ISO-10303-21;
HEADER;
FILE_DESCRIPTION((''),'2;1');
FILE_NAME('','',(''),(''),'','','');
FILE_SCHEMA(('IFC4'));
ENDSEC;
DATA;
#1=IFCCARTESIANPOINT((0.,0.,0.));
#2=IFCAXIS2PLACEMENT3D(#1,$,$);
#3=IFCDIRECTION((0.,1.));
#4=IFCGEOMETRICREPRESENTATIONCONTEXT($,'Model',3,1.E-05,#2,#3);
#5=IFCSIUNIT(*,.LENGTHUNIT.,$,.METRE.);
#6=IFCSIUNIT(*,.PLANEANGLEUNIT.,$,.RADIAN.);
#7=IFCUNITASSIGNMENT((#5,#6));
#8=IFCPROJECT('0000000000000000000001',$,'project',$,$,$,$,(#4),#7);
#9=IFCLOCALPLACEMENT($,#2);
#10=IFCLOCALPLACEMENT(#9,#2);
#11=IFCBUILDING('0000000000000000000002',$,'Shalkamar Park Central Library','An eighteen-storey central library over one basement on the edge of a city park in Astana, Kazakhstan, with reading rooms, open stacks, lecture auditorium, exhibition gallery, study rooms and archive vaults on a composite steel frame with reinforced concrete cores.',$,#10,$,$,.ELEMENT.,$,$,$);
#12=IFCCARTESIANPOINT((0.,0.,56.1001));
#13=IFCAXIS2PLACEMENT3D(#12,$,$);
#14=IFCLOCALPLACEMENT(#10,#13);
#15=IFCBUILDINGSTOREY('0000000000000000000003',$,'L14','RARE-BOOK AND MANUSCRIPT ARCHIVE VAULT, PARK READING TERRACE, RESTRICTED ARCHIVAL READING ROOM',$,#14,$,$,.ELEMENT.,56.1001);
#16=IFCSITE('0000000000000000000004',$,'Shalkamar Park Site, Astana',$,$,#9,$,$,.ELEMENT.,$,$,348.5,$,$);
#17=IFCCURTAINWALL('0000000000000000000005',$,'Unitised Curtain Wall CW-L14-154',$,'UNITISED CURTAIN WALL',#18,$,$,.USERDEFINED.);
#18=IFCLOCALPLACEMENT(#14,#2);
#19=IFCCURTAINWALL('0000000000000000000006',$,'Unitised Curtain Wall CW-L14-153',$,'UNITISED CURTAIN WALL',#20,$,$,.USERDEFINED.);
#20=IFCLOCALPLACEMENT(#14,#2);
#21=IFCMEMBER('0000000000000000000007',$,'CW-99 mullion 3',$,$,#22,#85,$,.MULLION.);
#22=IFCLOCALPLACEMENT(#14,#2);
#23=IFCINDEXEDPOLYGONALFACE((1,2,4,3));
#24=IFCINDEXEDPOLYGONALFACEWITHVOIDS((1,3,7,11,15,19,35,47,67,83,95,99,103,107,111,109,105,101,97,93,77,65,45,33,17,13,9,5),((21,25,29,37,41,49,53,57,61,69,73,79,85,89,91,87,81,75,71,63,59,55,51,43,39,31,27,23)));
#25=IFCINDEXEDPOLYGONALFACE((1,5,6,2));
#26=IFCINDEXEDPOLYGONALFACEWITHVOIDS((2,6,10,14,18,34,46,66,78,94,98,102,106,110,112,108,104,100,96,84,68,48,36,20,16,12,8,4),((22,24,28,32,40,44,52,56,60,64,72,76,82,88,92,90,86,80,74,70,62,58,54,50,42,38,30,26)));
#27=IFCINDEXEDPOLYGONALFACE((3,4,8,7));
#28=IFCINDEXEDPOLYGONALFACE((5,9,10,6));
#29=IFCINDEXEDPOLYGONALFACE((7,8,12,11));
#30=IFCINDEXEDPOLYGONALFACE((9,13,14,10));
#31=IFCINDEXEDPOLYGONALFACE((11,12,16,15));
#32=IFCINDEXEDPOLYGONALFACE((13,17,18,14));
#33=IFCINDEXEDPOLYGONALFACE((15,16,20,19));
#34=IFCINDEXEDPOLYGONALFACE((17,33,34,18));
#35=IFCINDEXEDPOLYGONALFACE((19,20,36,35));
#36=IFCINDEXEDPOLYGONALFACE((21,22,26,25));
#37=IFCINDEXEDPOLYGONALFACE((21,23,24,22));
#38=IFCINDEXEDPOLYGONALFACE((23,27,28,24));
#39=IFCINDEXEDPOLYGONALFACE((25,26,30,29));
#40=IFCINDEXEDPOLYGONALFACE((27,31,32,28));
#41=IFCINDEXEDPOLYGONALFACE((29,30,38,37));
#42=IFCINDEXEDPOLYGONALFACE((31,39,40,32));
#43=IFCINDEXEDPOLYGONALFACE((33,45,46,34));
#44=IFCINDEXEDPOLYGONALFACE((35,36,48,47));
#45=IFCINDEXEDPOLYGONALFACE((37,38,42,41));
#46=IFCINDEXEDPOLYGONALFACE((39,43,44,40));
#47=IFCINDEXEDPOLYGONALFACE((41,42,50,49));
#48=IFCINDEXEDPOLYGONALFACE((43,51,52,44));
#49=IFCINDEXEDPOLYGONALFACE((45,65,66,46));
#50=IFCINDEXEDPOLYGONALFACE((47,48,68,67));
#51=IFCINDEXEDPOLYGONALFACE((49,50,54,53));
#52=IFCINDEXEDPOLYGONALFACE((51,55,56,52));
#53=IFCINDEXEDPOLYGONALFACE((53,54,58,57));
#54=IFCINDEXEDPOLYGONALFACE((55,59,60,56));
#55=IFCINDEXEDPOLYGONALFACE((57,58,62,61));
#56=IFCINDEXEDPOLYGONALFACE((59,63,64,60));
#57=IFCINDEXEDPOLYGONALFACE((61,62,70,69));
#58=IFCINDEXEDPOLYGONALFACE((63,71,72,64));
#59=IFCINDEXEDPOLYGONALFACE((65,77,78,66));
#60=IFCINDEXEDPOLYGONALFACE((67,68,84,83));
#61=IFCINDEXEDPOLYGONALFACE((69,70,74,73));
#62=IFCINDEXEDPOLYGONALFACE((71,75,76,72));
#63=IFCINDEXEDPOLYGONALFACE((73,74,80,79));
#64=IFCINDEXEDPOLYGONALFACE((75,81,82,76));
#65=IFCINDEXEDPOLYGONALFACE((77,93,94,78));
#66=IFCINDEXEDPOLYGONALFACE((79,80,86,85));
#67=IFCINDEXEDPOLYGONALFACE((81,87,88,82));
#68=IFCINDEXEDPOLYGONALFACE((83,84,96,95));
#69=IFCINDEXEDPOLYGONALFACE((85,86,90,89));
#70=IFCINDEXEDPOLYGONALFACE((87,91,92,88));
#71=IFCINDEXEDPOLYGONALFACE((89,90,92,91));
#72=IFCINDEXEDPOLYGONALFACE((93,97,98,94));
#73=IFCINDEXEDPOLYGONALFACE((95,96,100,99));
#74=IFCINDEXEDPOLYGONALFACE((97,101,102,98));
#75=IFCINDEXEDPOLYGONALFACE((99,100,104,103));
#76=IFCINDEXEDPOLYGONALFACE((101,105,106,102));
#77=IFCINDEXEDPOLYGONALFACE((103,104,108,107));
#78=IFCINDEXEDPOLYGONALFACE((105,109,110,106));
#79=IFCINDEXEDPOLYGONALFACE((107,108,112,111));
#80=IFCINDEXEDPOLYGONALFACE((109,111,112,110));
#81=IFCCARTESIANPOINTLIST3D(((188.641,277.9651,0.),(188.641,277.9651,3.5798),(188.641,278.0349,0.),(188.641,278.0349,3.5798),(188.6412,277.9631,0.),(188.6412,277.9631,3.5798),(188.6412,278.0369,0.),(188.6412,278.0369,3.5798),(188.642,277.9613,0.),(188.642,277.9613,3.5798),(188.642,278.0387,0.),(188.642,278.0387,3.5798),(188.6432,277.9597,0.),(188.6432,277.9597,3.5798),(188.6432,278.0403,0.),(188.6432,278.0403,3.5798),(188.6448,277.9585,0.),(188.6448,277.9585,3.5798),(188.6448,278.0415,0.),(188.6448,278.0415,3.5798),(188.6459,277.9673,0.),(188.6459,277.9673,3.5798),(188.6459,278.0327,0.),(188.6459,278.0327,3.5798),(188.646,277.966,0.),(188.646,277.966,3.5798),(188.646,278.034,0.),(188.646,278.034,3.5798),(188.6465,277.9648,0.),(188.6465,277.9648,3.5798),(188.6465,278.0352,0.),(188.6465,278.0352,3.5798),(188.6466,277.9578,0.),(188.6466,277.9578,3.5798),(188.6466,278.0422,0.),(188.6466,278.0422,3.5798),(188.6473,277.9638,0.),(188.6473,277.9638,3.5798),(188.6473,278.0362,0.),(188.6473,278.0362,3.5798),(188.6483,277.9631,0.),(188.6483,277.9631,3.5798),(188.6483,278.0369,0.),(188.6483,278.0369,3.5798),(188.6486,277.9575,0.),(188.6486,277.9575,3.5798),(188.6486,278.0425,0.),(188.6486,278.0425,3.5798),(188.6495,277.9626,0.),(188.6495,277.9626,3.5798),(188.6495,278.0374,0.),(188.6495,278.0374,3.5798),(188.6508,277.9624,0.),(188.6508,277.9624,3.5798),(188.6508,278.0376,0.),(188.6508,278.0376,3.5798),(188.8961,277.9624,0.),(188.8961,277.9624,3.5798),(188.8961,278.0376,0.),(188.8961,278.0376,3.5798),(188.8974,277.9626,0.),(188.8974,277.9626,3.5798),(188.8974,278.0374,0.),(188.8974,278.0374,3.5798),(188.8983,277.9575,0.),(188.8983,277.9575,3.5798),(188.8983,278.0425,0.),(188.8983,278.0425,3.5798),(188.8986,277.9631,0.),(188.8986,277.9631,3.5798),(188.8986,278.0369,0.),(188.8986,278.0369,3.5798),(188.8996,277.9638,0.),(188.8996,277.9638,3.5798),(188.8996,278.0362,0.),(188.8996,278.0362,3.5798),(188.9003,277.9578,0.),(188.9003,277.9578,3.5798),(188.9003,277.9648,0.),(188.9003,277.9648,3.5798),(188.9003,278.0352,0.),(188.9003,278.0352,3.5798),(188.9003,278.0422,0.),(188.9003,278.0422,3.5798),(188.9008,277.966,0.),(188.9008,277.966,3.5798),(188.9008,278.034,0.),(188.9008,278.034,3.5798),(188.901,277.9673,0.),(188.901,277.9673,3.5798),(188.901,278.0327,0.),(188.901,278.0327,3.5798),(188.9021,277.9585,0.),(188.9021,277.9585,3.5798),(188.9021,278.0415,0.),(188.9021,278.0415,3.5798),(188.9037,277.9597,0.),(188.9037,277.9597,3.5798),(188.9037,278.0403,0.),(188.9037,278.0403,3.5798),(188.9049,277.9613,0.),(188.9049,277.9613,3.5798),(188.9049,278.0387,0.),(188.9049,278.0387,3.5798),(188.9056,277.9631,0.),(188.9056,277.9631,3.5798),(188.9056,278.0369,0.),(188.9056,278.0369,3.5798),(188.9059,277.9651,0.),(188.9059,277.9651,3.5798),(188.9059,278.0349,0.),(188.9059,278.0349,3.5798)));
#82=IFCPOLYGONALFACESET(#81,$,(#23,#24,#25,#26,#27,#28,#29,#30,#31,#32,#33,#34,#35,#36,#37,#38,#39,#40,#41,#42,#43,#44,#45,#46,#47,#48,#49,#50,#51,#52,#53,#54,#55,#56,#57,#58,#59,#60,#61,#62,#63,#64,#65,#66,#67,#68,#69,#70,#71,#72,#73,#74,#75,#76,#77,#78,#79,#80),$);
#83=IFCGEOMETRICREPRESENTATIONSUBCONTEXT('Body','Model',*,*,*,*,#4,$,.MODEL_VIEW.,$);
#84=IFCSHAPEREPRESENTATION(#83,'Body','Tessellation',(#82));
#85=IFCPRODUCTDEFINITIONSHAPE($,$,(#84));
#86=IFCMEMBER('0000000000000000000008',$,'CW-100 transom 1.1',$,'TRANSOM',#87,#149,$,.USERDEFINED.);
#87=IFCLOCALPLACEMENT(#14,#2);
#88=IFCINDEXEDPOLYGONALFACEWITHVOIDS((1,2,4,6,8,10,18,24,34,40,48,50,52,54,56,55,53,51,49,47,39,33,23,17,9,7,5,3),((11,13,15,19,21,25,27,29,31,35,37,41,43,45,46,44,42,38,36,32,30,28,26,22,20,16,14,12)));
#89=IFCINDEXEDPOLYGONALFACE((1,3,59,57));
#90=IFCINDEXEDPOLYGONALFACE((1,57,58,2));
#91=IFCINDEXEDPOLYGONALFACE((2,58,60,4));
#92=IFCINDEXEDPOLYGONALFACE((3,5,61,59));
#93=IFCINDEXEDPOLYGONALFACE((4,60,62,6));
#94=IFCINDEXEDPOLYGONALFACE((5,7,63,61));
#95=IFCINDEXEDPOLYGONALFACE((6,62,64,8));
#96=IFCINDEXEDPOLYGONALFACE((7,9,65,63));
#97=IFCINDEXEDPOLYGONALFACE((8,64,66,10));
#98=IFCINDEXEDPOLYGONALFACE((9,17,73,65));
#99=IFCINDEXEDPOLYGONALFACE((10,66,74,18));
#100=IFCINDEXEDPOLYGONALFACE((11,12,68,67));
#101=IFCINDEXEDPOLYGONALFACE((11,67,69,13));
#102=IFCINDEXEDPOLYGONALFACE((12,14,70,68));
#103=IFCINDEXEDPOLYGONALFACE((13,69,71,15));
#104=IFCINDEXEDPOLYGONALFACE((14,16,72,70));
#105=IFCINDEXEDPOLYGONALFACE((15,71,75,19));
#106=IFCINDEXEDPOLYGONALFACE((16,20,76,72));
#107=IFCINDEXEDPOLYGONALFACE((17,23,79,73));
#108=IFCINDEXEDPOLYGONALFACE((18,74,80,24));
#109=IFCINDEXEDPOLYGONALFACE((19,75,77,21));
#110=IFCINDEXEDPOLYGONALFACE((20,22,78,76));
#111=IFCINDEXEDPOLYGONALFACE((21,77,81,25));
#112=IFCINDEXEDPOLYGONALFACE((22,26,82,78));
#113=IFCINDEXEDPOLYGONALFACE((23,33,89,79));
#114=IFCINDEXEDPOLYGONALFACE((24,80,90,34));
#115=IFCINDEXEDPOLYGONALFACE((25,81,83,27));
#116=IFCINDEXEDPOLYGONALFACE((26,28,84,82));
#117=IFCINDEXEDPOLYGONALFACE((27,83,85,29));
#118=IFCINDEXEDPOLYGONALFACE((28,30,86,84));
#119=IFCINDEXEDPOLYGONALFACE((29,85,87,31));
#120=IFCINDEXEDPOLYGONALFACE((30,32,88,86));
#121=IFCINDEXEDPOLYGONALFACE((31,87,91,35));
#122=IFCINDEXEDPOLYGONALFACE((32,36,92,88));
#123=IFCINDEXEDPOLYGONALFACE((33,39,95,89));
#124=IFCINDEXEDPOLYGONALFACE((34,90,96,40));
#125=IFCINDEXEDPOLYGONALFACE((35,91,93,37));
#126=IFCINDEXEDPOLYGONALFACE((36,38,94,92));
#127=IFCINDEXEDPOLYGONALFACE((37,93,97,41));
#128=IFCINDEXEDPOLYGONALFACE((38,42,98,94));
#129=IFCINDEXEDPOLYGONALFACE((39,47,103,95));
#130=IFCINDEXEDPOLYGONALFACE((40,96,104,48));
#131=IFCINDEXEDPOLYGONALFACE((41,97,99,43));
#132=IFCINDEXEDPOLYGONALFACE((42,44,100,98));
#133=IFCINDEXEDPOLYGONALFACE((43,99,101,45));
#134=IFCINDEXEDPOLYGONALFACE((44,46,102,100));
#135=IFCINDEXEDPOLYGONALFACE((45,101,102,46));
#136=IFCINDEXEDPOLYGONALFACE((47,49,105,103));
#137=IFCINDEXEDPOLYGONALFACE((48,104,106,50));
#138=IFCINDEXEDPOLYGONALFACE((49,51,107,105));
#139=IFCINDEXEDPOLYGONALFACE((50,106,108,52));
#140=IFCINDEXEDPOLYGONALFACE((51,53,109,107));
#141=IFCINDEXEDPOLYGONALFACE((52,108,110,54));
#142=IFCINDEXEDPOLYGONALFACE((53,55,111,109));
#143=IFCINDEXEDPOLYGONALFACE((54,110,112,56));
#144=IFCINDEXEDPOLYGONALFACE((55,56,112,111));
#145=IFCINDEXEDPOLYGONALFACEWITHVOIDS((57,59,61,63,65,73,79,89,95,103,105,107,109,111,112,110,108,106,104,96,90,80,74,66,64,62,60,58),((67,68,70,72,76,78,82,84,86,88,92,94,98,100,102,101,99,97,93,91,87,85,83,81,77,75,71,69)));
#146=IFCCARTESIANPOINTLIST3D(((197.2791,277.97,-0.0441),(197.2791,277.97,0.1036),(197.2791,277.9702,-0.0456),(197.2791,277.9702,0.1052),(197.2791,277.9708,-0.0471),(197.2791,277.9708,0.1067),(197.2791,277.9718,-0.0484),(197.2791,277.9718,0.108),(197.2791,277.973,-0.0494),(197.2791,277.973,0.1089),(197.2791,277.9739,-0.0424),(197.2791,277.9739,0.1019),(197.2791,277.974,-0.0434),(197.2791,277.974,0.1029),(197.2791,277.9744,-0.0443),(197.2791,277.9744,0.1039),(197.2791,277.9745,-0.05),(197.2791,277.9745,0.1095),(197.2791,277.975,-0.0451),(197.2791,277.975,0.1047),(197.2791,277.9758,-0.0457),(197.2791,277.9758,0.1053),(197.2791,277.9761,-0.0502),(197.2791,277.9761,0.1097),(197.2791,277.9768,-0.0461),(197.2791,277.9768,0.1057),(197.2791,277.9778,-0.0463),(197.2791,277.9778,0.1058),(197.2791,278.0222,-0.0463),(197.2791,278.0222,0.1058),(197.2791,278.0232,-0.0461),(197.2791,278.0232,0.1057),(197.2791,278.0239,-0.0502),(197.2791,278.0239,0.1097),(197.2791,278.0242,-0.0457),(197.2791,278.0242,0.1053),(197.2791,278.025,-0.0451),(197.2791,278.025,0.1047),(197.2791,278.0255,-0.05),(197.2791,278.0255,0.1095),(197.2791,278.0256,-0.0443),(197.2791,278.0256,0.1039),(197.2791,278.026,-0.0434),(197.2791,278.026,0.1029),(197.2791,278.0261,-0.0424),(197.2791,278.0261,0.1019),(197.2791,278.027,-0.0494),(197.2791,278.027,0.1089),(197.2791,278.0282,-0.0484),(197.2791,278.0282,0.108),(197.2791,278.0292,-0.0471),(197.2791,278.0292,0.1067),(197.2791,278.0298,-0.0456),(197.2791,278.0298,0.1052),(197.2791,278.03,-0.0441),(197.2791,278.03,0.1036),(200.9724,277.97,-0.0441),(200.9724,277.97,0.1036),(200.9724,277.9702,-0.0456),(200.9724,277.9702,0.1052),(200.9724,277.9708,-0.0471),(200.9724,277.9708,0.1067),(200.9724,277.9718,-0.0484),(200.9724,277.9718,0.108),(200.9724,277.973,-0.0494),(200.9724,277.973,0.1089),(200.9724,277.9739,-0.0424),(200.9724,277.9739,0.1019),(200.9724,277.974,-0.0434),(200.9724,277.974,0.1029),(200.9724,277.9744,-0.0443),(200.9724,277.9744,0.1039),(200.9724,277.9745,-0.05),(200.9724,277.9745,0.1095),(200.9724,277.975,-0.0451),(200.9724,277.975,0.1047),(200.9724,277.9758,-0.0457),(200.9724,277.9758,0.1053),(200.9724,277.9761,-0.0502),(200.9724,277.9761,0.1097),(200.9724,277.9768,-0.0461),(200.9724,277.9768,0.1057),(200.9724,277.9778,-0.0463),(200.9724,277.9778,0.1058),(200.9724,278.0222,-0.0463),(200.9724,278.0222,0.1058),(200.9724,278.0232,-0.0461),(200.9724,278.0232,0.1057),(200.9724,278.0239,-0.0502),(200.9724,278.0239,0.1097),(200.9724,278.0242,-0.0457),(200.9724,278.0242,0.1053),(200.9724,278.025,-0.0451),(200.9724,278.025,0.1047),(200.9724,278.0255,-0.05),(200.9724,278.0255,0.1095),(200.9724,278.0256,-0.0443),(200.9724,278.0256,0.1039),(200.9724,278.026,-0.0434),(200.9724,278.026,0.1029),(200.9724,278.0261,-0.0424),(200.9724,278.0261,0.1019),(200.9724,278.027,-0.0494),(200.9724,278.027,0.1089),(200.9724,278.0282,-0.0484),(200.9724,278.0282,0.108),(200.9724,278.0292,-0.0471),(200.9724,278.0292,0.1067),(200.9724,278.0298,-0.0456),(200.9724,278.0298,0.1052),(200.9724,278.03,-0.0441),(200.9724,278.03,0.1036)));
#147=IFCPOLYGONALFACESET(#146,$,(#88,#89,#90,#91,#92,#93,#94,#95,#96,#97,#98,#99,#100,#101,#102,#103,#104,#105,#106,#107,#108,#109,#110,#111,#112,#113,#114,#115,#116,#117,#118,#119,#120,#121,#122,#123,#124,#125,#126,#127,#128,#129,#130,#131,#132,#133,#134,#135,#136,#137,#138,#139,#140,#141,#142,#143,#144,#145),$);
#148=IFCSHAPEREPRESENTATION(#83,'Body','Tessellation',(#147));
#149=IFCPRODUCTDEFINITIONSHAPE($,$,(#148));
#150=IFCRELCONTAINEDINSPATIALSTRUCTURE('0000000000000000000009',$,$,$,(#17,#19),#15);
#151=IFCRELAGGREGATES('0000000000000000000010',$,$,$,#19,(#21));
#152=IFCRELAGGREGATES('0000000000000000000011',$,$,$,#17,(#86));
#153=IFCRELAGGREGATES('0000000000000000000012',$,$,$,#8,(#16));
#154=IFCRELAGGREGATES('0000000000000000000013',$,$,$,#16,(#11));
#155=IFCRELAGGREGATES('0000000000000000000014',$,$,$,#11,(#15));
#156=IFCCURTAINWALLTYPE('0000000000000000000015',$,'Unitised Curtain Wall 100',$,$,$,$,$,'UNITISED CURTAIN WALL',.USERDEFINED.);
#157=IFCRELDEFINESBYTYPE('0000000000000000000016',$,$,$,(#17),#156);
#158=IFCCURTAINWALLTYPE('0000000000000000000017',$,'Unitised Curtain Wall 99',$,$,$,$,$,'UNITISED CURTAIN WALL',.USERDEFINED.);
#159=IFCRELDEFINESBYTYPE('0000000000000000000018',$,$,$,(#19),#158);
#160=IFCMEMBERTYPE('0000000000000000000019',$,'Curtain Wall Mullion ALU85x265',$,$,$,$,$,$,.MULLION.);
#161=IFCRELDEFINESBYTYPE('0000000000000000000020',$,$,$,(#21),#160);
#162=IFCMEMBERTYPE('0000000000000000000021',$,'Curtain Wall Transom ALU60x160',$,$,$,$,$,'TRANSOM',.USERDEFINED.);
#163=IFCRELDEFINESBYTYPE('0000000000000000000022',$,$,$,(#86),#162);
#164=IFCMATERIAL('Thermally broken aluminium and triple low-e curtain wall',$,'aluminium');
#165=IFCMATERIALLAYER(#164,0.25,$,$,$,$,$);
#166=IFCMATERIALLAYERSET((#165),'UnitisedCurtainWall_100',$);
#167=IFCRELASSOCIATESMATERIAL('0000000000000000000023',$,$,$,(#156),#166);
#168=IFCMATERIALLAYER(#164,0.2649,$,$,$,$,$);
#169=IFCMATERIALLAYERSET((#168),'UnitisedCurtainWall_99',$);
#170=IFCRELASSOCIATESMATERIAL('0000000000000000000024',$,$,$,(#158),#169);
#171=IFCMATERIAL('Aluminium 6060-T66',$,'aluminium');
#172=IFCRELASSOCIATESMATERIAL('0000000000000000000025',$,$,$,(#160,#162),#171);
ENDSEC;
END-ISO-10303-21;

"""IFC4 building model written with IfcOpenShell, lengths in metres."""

from ifc_helpers import new_model, si_unit, direction, frame, origin, origin_2d, place, context, subcontext, project, spatial, hollow_rectangle, extrude, material, layer, layer_set, material_profile, profile_set, type_object, element, aggregate, save


model = new_model("IFC4")

# Units and contexts
model_context = context("Model", 3, precision=1e-05, world=origin(), true_north=direction((0.0, 1.0)))
body_context = subcontext(model_context, "Body", "Model", "MODEL_VIEW")
ifc_project = project(units=[si_unit("LENGTHUNIT", "METRE"), si_unit("PLANEANGLEUNIT", "RADIAN")], contexts=[model_context])

# Site, building, storey
site_placement = place(None, origin())
site = spatial("IfcSite", under=ifc_project, at=site_placement, Name="Shalkamar Park Site, Astana", CompositionType="ELEMENT", RefElevation=348.5)
building_placement = place(site_placement, origin())
building = spatial("IfcBuilding", under=site, at=building_placement, Name="Shalkamar Park Central Library", Description="An eighteen-storey central library over one basement on the edge of a city park in Astana, Kazakhstan, with reading rooms, open stacks, lecture auditorium, exhibition gallery, study rooms and archive vaults on a composite steel frame with reinforced concrete cores.", CompositionType="ELEMENT")
storey_placement = place(building_placement, frame((0.0, 0.0, 56.1001)))
storey = spatial("IfcBuildingStorey", under=building, at=storey_placement, Name="L14", Description="RARE-BOOK AND MANUSCRIPT ARCHIVE VAULT, PARK READING TERRACE, RESTRICTED ARCHIVAL READING ROOM", CompositionType="ELEMENT", Elevation=56.1001)

# Curtain wall
ifc_material_1 = material(Name="Thermally broken aluminium and triple low-e curtain wall", Category="aluminium")
ifc_layer_1 = layer(ifc_material_1, 0.25)
ifc_layer_set_1 = layer_set([ifc_layer_1], Name="UnitisedCurtainWall_100")
curtain_wall_type_1 = type_object("IfcCurtainWallType", Name="Unitised Curtain Wall 100", ElementType="UNITISED CURTAIN WALL", PredefinedType="USERDEFINED", material=ifc_layer_set_1)
curtain_wall_1_placement = place(storey_placement, origin())
curtain_wall_1 = element("IfcCurtainWall", 1, at=curtain_wall_1_placement, inside=storey, type_object=curtain_wall_type_1, Name="Unitised Curtain Wall CW-L14-154", ObjectType="UNITISED CURTAIN WALL", PredefinedType="USERDEFINED")
ifc_material_2 = material(Name="Aluminium 6060-T66", Category="aluminium")

# Curtain wall, member
ifc_layer_2 = layer(ifc_material_1, 0.2649)
ifc_layer_set_2 = layer_set([ifc_layer_2], Name="UnitisedCurtainWall_99")
curtain_wall_type_2 = type_object("IfcCurtainWallType", Name="Unitised Curtain Wall 99", ElementType="UNITISED CURTAIN WALL", PredefinedType="USERDEFINED", material=ifc_layer_set_2)
curtain_wall_2_placement = place(storey_placement, origin())
curtain_wall_2 = element("IfcCurtainWall", 2, at=curtain_wall_2_placement, inside=storey, type_object=curtain_wall_type_2, Name="Unitised Curtain Wall CW-L14-153", ObjectType="UNITISED CURTAIN WALL", PredefinedType="USERDEFINED")
ifc_material_profile_1 = material_profile(ifc_material_2, hollow_rectangle(XDim=0.085, YDim=0.2649, WallThickness=0.0049, InnerFilletRadius=0.0049, OuterFilletRadius=0.0076, at=origin_2d()), Name="ALU 85x265x5")
ifc_profile_set_1 = profile_set([ifc_material_profile_1], Name="Aluminium 6060-T66")
member_type_1 = type_object("IfcMemberType", Name="Curtain Wall Mullion ALU85x265", PredefinedType="MULLION", material=ifc_profile_set_1)
member_1_placement = place(storey_placement, frame((188.7734, 278.0, 0.0), z_axis=(0.0, 0.0, 1.0), x_axis=(0.0, 1.0, 0.0)))
member_1 = element("IfcMember", 3, at=member_1_placement, type_object=member_type_1, Name="CW-99 mullion 3", PredefinedType="MULLION", context=body_context, shape_type="SweptSolid", body=[
    extrude(hollow_rectangle(XDim=0.085, YDim=0.2649, WallThickness=0.0049, InnerFilletRadius=0.0049, OuterFilletRadius=0.0076, at=origin_2d()), origin(), (0.0, 0.0, 1.0), 3.5798),
])

# Member
ifc_material_profile_2 = material_profile(ifc_material_2, hollow_rectangle(XDim=0.0601, YDim=0.1599, WallThickness=0.0039, InnerFilletRadius=0.0039, OuterFilletRadius=0.0061, at=origin_2d()), Name="ALU 60x160x4")
ifc_profile_set_2 = profile_set([ifc_material_profile_2], Name="Aluminium 6060-T66")
member_type_2 = type_object("IfcMemberType", Name="Curtain Wall Transom ALU60x160", ElementType="TRANSOM", PredefinedType="USERDEFINED", material=ifc_profile_set_2)
member_2_placement = place(storey_placement, frame((197.2791, 278.0, 0.0298), z_axis=(1.0, 0.0, 0.0), x_axis=(0.0, 1.0, 0.0)))
member_2 = element("IfcMember", 4, at=member_2_placement, type_object=member_type_2, Name="CW-100 transom 1.1", ObjectType="TRANSOM", PredefinedType="USERDEFINED", context=body_context, shape_type="SweptSolid", body=[
    extrude(hollow_rectangle(XDim=0.0601, YDim=0.1599, WallThickness=0.0039, InnerFilletRadius=0.0039, OuterFilletRadius=0.0061, at=origin_2d()), origin(), (0.0, 0.0, 1.0), 3.6934),
])

aggregate(curtain_wall_2, [member_1])
aggregate(curtain_wall_1, [member_2])

save(model, "model.ifc")
